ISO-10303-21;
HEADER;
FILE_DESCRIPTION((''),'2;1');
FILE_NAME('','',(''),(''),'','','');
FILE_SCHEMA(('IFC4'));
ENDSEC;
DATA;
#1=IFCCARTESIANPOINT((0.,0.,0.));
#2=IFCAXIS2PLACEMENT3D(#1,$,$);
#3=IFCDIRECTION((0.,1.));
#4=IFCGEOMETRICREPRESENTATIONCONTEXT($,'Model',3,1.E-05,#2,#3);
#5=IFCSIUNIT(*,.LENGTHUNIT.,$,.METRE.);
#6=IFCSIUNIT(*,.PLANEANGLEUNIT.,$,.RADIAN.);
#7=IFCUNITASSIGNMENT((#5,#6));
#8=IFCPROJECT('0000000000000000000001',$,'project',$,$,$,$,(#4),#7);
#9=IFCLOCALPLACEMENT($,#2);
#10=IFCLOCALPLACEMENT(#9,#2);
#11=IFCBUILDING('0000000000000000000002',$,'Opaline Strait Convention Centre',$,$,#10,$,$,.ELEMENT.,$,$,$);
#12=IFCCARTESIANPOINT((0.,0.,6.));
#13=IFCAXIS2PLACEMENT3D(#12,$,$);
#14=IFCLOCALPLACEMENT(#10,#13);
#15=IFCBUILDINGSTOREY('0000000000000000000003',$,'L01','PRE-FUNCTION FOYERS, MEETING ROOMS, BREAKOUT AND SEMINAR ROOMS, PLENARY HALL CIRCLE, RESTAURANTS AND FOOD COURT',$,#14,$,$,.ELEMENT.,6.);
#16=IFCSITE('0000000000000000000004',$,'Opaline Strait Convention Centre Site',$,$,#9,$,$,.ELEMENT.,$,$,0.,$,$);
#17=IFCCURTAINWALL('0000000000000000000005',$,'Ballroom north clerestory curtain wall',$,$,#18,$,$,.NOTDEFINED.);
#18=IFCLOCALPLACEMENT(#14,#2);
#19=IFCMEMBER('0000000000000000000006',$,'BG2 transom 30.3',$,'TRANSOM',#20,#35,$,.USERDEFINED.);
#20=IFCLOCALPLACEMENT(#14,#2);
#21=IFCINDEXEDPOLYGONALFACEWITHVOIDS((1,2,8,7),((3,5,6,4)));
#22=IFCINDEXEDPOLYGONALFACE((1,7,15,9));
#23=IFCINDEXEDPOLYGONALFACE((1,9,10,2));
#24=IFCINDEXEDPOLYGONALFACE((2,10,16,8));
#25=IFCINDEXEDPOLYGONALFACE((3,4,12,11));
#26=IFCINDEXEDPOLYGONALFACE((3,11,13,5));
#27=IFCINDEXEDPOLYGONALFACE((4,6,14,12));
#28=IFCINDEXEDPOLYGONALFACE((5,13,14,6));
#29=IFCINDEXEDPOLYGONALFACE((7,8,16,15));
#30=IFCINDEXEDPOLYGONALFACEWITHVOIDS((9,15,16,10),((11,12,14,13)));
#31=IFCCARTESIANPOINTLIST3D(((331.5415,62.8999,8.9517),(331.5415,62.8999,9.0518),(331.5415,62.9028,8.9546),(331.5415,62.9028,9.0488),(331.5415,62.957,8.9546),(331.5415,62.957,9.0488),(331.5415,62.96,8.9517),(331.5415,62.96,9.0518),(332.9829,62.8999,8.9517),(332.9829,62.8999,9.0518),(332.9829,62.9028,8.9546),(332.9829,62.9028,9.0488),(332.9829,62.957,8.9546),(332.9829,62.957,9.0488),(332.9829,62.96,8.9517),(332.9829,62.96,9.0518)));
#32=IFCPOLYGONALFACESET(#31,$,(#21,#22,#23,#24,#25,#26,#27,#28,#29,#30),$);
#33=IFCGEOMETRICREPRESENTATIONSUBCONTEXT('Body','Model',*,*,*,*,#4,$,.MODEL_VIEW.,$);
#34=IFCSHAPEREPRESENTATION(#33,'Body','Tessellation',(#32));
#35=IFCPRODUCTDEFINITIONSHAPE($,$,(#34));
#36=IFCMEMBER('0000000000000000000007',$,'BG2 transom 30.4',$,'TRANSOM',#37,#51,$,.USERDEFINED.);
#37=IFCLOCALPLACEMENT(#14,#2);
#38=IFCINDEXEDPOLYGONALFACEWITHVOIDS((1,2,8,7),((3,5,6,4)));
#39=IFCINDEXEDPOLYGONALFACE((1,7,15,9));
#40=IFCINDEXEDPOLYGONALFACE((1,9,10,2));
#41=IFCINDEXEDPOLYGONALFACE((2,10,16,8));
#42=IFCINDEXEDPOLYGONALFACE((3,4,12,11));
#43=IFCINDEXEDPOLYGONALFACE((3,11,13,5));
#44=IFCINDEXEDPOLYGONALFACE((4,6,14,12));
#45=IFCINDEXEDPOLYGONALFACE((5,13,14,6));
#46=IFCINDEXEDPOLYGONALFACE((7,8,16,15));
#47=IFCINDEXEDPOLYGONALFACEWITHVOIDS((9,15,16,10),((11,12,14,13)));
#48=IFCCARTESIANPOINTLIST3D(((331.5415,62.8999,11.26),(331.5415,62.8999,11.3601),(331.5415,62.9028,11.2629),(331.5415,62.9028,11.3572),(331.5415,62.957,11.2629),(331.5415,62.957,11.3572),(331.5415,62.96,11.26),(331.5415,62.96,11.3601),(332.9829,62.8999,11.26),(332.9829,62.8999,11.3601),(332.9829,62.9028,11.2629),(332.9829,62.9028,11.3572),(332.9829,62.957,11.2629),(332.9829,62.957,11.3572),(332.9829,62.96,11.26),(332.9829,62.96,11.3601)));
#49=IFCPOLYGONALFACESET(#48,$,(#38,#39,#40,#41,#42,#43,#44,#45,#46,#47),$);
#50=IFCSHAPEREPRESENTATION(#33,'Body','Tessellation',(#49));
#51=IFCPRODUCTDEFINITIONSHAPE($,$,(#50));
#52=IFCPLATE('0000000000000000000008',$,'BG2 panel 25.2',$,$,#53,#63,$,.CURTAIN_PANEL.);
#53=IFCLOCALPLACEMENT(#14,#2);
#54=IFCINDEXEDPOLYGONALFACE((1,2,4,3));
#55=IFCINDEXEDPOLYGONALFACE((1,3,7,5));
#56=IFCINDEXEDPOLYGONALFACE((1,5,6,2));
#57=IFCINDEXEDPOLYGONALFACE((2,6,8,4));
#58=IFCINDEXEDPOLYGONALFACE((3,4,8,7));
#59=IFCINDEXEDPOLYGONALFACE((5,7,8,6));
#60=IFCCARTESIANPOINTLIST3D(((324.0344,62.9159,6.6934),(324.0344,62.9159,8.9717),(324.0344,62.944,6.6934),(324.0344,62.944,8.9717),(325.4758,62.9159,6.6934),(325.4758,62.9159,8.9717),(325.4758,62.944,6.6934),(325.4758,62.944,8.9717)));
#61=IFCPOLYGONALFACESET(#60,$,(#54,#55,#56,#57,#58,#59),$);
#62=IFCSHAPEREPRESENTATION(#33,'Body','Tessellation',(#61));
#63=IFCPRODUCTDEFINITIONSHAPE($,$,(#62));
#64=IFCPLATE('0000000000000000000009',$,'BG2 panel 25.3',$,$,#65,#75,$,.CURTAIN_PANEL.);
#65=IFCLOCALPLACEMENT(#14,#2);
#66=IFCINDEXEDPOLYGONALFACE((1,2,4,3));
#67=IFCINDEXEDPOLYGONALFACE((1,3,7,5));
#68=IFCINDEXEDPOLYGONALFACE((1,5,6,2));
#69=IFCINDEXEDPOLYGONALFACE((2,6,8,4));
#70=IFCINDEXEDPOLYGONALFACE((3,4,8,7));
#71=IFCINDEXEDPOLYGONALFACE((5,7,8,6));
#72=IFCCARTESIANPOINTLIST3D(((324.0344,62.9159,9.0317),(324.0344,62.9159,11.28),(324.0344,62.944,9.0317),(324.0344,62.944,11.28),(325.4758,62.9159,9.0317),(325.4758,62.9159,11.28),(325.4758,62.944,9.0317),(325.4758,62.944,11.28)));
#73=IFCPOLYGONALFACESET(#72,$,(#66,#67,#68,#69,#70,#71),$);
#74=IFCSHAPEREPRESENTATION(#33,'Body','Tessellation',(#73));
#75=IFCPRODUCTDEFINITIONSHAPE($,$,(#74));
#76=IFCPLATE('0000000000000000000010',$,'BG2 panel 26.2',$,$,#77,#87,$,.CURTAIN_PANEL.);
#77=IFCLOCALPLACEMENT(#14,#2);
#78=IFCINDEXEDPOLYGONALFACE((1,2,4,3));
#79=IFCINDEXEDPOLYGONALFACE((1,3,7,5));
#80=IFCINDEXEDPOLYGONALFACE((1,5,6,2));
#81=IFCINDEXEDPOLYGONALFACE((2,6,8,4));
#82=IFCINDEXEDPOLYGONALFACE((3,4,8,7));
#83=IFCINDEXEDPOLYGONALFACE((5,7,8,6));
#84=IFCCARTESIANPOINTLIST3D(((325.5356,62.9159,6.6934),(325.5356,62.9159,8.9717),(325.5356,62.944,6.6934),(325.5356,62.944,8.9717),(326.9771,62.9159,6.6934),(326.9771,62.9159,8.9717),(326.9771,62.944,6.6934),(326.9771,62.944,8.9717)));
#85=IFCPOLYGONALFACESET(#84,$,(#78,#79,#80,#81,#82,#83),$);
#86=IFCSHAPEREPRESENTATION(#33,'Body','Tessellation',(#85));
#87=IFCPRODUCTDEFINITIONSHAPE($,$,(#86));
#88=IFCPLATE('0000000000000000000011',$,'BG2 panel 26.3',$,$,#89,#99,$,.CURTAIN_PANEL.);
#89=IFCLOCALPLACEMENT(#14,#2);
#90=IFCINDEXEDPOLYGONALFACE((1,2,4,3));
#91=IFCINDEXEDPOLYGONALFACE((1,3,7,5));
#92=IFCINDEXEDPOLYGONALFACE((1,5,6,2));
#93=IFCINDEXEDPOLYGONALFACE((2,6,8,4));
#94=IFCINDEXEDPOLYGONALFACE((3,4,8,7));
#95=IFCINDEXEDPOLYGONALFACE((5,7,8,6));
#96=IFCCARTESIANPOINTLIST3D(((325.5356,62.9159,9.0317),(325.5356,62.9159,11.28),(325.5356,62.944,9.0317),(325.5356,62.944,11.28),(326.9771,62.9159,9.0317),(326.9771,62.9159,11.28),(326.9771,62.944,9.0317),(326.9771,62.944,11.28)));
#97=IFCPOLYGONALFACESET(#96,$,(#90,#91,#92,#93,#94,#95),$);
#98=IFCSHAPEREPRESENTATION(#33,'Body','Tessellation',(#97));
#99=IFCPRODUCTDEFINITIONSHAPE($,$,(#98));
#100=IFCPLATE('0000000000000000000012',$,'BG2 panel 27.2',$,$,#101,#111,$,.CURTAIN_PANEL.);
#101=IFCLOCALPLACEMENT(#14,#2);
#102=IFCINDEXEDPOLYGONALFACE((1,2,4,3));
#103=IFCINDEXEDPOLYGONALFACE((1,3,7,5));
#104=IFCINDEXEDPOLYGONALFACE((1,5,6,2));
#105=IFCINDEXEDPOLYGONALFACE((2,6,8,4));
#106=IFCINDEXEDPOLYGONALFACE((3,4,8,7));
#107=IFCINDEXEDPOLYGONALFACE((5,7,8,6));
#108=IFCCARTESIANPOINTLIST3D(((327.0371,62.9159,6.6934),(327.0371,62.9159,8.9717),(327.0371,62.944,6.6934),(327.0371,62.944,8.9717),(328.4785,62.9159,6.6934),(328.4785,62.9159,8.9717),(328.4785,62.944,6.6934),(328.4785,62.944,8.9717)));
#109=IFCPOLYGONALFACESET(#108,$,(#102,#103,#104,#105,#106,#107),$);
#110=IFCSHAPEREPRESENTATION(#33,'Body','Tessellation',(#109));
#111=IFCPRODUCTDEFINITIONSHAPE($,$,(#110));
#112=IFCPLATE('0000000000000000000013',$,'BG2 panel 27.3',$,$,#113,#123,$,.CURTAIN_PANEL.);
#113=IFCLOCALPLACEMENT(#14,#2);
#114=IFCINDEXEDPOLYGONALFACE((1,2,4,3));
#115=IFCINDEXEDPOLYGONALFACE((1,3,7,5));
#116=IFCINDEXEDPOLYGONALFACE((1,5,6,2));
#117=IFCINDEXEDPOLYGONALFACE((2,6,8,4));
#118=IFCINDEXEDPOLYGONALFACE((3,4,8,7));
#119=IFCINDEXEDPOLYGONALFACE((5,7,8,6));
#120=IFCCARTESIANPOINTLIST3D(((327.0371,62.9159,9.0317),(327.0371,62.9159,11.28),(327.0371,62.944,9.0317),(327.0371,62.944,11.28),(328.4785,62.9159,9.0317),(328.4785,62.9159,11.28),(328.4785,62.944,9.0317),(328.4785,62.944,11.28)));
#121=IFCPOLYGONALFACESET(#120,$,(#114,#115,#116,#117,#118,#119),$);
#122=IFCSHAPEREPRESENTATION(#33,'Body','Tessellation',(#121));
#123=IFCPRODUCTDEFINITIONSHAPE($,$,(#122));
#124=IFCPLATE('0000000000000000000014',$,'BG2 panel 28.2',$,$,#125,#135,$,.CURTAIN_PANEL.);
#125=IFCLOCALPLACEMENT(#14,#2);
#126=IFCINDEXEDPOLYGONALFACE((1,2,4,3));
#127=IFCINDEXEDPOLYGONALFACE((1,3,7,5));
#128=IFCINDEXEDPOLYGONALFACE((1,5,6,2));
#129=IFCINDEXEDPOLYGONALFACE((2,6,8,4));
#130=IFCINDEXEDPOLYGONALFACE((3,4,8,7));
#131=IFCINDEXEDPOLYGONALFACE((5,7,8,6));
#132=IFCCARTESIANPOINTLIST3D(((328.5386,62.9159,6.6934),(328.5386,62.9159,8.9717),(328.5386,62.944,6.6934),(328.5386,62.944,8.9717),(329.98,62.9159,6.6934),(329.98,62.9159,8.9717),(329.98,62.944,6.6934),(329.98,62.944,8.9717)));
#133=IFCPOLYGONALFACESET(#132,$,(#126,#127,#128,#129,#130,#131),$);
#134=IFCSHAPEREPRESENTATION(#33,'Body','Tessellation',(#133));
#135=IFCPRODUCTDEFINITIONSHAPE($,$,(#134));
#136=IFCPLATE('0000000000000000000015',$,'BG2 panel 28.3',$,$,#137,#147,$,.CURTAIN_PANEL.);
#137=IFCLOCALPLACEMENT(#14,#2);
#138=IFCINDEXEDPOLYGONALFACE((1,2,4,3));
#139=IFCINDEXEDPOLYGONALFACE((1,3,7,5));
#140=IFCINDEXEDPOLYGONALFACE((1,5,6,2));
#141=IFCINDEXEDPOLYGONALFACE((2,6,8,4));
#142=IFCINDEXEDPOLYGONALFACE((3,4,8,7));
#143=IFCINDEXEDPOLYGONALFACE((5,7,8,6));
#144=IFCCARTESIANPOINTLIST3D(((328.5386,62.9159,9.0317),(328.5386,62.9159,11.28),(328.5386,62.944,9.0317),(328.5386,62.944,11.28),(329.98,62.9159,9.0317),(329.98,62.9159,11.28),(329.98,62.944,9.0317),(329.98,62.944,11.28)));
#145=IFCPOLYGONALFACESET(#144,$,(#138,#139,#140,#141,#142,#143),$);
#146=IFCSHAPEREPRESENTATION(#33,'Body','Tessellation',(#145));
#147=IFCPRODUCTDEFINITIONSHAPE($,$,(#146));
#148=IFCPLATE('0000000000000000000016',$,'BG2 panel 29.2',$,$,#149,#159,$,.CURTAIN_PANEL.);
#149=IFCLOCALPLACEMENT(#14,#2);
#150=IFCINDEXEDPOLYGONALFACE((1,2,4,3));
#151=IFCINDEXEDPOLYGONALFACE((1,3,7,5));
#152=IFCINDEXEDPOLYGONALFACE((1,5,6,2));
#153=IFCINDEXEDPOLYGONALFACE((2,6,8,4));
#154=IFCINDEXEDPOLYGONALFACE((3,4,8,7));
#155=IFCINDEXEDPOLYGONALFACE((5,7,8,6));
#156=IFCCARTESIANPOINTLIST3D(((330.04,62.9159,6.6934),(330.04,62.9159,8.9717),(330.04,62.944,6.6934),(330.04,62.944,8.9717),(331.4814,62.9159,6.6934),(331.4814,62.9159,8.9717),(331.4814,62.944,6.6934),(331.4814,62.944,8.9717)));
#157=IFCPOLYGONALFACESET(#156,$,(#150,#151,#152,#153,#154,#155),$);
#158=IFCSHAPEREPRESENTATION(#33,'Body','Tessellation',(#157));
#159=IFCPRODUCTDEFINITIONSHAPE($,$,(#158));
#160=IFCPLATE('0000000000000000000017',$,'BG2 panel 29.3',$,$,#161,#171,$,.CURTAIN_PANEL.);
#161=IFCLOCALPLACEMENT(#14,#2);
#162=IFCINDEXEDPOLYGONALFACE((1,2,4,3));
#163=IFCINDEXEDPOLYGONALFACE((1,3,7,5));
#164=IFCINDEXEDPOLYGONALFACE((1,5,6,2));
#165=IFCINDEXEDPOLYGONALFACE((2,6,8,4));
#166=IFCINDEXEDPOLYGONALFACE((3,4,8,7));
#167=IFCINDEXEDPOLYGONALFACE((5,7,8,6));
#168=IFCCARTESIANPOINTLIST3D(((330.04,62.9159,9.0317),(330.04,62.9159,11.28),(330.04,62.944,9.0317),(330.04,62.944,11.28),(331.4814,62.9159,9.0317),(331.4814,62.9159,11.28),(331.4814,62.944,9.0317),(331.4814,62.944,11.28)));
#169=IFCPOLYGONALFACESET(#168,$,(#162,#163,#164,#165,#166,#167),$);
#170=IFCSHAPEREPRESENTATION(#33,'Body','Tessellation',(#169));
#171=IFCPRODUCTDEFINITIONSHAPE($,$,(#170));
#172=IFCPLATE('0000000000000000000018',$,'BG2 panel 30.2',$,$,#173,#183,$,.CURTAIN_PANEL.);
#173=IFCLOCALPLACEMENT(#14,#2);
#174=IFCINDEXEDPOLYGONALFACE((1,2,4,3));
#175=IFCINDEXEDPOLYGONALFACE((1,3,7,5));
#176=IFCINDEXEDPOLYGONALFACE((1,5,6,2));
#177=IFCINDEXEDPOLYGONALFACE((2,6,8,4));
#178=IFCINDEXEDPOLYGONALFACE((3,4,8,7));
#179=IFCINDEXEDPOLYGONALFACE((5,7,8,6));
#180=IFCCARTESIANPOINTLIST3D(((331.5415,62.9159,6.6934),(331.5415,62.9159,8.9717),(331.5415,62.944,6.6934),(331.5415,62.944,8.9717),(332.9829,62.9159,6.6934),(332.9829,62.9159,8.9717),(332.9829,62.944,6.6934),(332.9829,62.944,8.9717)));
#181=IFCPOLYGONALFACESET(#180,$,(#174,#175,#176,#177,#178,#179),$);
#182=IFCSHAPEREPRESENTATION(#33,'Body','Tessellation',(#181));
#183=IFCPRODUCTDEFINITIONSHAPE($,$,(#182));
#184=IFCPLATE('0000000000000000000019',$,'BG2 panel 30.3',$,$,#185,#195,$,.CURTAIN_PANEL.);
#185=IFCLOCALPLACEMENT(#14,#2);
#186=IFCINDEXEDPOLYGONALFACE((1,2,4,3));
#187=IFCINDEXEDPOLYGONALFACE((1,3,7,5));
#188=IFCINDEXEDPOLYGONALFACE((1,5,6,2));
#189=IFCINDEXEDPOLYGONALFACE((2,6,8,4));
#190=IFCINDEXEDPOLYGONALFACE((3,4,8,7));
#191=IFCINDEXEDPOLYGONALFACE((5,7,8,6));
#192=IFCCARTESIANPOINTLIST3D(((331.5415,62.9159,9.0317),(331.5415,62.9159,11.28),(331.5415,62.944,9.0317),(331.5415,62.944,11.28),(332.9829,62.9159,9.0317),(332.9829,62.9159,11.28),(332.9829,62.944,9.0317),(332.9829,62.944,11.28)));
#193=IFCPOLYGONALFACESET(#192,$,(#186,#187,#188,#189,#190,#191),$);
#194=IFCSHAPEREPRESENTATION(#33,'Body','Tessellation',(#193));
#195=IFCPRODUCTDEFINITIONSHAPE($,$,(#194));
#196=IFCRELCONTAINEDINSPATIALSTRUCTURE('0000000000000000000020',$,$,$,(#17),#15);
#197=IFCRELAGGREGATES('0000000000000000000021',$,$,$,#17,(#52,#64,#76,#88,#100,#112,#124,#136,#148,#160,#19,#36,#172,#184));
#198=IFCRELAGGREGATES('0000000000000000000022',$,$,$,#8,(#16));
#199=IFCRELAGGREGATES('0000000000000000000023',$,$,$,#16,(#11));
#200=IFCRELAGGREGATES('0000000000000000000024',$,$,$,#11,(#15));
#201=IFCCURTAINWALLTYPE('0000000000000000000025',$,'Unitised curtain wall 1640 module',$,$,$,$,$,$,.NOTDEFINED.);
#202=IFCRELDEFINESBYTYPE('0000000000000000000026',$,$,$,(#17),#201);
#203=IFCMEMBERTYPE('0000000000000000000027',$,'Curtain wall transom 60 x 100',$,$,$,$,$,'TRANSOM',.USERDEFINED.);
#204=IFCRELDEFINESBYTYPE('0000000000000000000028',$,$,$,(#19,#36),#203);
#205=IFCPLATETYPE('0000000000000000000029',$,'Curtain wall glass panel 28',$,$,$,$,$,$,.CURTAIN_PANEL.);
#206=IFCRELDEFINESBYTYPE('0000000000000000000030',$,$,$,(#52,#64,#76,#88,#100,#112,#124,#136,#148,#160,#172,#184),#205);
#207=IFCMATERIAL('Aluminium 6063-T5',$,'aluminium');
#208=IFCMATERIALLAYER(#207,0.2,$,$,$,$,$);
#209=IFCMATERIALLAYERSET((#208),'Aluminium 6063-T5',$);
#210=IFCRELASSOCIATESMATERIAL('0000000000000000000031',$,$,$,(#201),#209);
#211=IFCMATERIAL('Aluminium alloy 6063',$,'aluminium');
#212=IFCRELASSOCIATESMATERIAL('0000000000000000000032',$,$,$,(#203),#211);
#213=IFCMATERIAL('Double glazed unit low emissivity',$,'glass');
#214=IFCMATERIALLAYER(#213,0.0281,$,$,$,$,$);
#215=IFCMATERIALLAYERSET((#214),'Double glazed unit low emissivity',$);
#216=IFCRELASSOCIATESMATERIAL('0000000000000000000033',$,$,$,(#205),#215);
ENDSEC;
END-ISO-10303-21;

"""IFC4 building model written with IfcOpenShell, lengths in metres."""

from ifc_helpers import new_model, si_unit, direction, frame, origin, origin_2d, place, context, subcontext, project, spatial, rectangle, hollow_rectangle, extrude, material, layer, layer_set, material_profile, profile_set, type_object, element, aggregate, save


model = new_model("IFC4")

# Units and contexts
model_context = context("Model", 3, precision=1e-05, world=origin(), true_north=direction((0.0, 1.0)))
body_context = subcontext(model_context, "Body", "Model", "MODEL_VIEW")
ifc_project = project(units=[si_unit("LENGTHUNIT", "METRE"), si_unit("PLANEANGLEUNIT", "RADIAN")], contexts=[model_context])

# Site, building, storey
site_placement = place(None, origin())
site = spatial("IfcSite", under=ifc_project, at=site_placement, Name="Opaline Strait Convention Centre Site", CompositionType="ELEMENT", RefElevation=0.0)
building_placement = place(site_placement, origin())
building = spatial("IfcBuilding", under=site, at=building_placement, Name="Opaline Strait Convention Centre", CompositionType="ELEMENT")
storey_placement = place(building_placement, frame((0.0, 0.0, 6.0)))
storey = spatial("IfcBuildingStorey", under=building, at=storey_placement, Name="L01", Description="PRE-FUNCTION FOYERS, MEETING ROOMS, BREAKOUT AND SEMINAR ROOMS, PLENARY HALL CIRCLE, RESTAURANTS AND FOOD COURT", CompositionType="ELEMENT", Elevation=6.0)

# Curtain wall, members, plates
ifc_material_1 = material(Name="Aluminium 6063-T5", Category="aluminium")
ifc_layer_1 = layer(ifc_material_1, 0.2)
ifc_layer_set_1 = layer_set([ifc_layer_1], Name="Aluminium 6063-T5")
curtain_wall_type = type_object("IfcCurtainWallType", Name="Unitised curtain wall 1640 module", PredefinedType="NOTDEFINED", material=ifc_layer_set_1)
curtain_wall_placement = place(storey_placement, origin())
curtain_wall = element("IfcCurtainWall", 1, at=curtain_wall_placement, inside=storey, type_object=curtain_wall_type, Name="Ballroom north clerestory curtain wall", PredefinedType="NOTDEFINED")
ifc_material_2 = material(Name="Aluminium alloy 6063", Category="aluminium")
ifc_material_profile = material_profile(ifc_material_2, hollow_rectangle(XDim=0.0601, YDim=0.1001, WallThickness=0.0029, at=origin_2d()), Name="TRANSOM 60x100x3")
ifc_profile_set = profile_set([ifc_material_profile], Name="Aluminium alloy 6063")
member_type = type_object("IfcMemberType", Name="Curtain wall transom 60 x 100", ElementType="TRANSOM", PredefinedType="USERDEFINED", material=ifc_profile_set)
member_1_placement = place(storey_placement, frame((331.5415, 62.9299, 9.0017), z_axis=(1.0, 0.0, 0.0), x_axis=(0.0, 1.0, 0.0)))
member_1 = element("IfcMember", 2, at=member_1_placement, type_object=member_type, Name="BG2 transom 30.3", ObjectType="TRANSOM", PredefinedType="USERDEFINED", context=body_context, shape_type="SweptSolid", body=[
    extrude(hollow_rectangle(XDim=0.0601, YDim=0.1001, WallThickness=0.0029, at=origin_2d()), origin(), (0.0, 0.0, 1.0), 1.4414),
])
member_2_placement = place(storey_placement, frame((331.5415, 62.9299, 11.3101), z_axis=(1.0, 0.0, 0.0), x_axis=(0.0, 1.0, 0.0)))
member_2 = element("IfcMember", 3, at=member_2_placement, type_object=member_type, Name="BG2 transom 30.4", ObjectType="TRANSOM", PredefinedType="USERDEFINED", context=body_context, shape_type="SweptSolid", body=[
    extrude(hollow_rectangle(XDim=0.0601, YDim=0.1001, WallThickness=0.0029, at=origin_2d()), origin(), (0.0, 0.0, 1.0), 1.4414),
])
ifc_material_3 = material(Name="Double glazed unit low emissivity", Category="glass")
ifc_layer_2 = layer(ifc_material_3, 0.0281)
ifc_layer_set_2 = layer_set([ifc_layer_2], Name="Double glazed unit low emissivity")
plate_type = type_object("IfcPlateType", Name="Curtain wall glass panel 28", PredefinedType="CURTAIN_PANEL", material=ifc_layer_set_2)
plate_1_placement = place(storey_placement, frame((324.7551, 62.9299, 6.6934), z_axis=(0.0, 0.0, 1.0), x_axis=(1.0, 0.0, 0.0)))
plate_1 = element("IfcPlate", 4, at=plate_1_placement, type_object=plate_type, Name="BG2 panel 25.2", PredefinedType="CURTAIN_PANEL", context=body_context, shape_type="SweptSolid", body=[
    extrude(rectangle(XDim=1.4414, YDim=0.0281, at=origin_2d()), origin(), (0.0, 0.0, 1.0), 2.2783),
])
plate_2_placement = place(storey_placement, frame((324.7551, 62.9299, 9.0317), z_axis=(0.0, 0.0, 1.0), x_axis=(1.0, 0.0, 0.0)))
plate_2 = element("IfcPlate", 5, at=plate_2_placement, type_object=plate_type, Name="BG2 panel 25.3", PredefinedType="CURTAIN_PANEL", context=body_context, shape_type="SweptSolid", body=[
    extrude(rectangle(XDim=1.4414, YDim=0.0281, at=origin_2d()), origin(), (0.0, 0.0, 1.0), 2.2483),
])
plate_3_placement = place(storey_placement, frame((326.2563, 62.9299, 6.6934), z_axis=(0.0, 0.0, 1.0), x_axis=(1.0, 0.0, 0.0)))
plate_3 = element("IfcPlate", 6, at=plate_3_placement, type_object=plate_type, Name="BG2 panel 26.2", PredefinedType="CURTAIN_PANEL", context=body_context, shape_type="SweptSolid", body=[
    extrude(rectangle(XDim=1.4414, YDim=0.0281, at=origin_2d()), origin(), (0.0, 0.0, 1.0), 2.2783),
])
plate_4_placement = place(storey_placement, frame((326.2563, 62.9299, 9.0317), z_axis=(0.0, 0.0, 1.0), x_axis=(1.0, 0.0, 0.0)))
plate_4 = element("IfcPlate", 7, at=plate_4_placement, type_object=plate_type, Name="BG2 panel 26.3", PredefinedType="CURTAIN_PANEL", context=body_context, shape_type="SweptSolid", body=[
    extrude(rectangle(XDim=1.4414, YDim=0.0281, at=origin_2d()), origin(), (0.0, 0.0, 1.0), 2.2483),
])
plate_5_placement = place(storey_placement, frame((327.7578, 62.9299, 6.6934), z_axis=(0.0, 0.0, 1.0), x_axis=(1.0, 0.0, 0.0)))
plate_5 = element("IfcPlate", 8, at=plate_5_placement, type_object=plate_type, Name="BG2 panel 27.2", PredefinedType="CURTAIN_PANEL", context=body_context, shape_type="SweptSolid", body=[
    extrude(rectangle(XDim=1.4414, YDim=0.0281, at=origin_2d()), origin(), (0.0, 0.0, 1.0), 2.2783),
])
plate_6_placement = place(storey_placement, frame((327.7578, 62.9299, 9.0317), z_axis=(0.0, 0.0, 1.0), x_axis=(1.0, 0.0, 0.0)))
plate_6 = element("IfcPlate", 9, at=plate_6_placement, type_object=plate_type, Name="BG2 panel 27.3", PredefinedType="CURTAIN_PANEL", context=body_context, shape_type="SweptSolid", body=[
    extrude(rectangle(XDim=1.4414, YDim=0.0281, at=origin_2d()), origin(), (0.0, 0.0, 1.0), 2.2483),
])
plate_7_placement = place(storey_placement, frame((329.2593, 62.9299, 6.6934), z_axis=(0.0, 0.0, 1.0), x_axis=(1.0, 0.0, 0.0)))
plate_7 = element("IfcPlate", 10, at=plate_7_placement, type_object=plate_type, Name="BG2 panel 28.2", PredefinedType="CURTAIN_PANEL", context=body_context, shape_type="SweptSolid", body=[
    extrude(rectangle(XDim=1.4414, YDim=0.0281, at=origin_2d()), origin(), (0.0, 0.0, 1.0), 2.2783),
])
plate_8_placement = place(storey_placement, frame((329.2593, 62.9299, 9.0317), z_axis=(0.0, 0.0, 1.0), x_axis=(1.0, 0.0, 0.0)))
plate_8 = element("IfcPlate", 11, at=plate_8_placement, type_object=plate_type, Name="BG2 panel 28.3", PredefinedType="CURTAIN_PANEL", context=body_context, shape_type="SweptSolid", body=[
    extrude(rectangle(XDim=1.4414, YDim=0.0281, at=origin_2d()), origin(), (0.0, 0.0, 1.0), 2.2483),
])
plate_9_placement = place(storey_placement, frame((330.7607, 62.9299, 6.6934), z_axis=(0.0, 0.0, 1.0), x_axis=(1.0, 0.0, 0.0)))
plate_9 = element("IfcPlate", 12, at=plate_9_placement, type_object=plate_type, Name="BG2 panel 29.2", PredefinedType="CURTAIN_PANEL", context=body_context, shape_type="SweptSolid", body=[
    extrude(rectangle(XDim=1.4414, YDim=0.0281, at=origin_2d()), origin(), (0.0, 0.0, 1.0), 2.2783),
])
plate_10_placement = place(storey_placement, frame((330.7607, 62.9299, 9.0317), z_axis=(0.0, 0.0, 1.0), x_axis=(1.0, 0.0, 0.0)))
plate_10 = element("IfcPlate", 13, at=plate_10_placement, type_object=plate_type, Name="BG2 panel 29.3", PredefinedType="CURTAIN_PANEL", context=body_context, shape_type="SweptSolid", body=[
    extrude(rectangle(XDim=1.4414, YDim=0.0281, at=origin_2d()), origin(), (0.0, 0.0, 1.0), 2.2483),
])
plate_11_placement = place(storey_placement, frame((332.2622, 62.9299, 6.6934), z_axis=(0.0, 0.0, 1.0), x_axis=(1.0, 0.0, 0.0)))
plate_11 = element("IfcPlate", 14, at=plate_11_placement, type_object=plate_type, Name="BG2 panel 30.2", PredefinedType="CURTAIN_PANEL", context=body_context, shape_type="SweptSolid", body=[
    extrude(rectangle(XDim=1.4414, YDim=0.0281, at=origin_2d()), origin(), (0.0, 0.0, 1.0), 2.2783),
])
plate_12_placement = place(storey_placement, frame((332.2622, 62.9299, 9.0317), z_axis=(0.0, 0.0, 1.0), x_axis=(1.0, 0.0, 0.0)))
plate_12 = element("IfcPlate", 15, at=plate_12_placement, type_object=plate_type, Name="BG2 panel 30.3", PredefinedType="CURTAIN_PANEL", context=body_context, shape_type="SweptSolid", body=[
    extrude(rectangle(XDim=1.4414, YDim=0.0281, at=origin_2d()), origin(), (0.0, 0.0, 1.0), 2.2483),
])
aggregate(curtain_wall, [plate_1, plate_2, plate_3, plate_4, plate_5, plate_6, plate_7, plate_8, plate_9, plate_10, member_1, member_2, plate_11, plate_12])

save(model, "model.ifc")
